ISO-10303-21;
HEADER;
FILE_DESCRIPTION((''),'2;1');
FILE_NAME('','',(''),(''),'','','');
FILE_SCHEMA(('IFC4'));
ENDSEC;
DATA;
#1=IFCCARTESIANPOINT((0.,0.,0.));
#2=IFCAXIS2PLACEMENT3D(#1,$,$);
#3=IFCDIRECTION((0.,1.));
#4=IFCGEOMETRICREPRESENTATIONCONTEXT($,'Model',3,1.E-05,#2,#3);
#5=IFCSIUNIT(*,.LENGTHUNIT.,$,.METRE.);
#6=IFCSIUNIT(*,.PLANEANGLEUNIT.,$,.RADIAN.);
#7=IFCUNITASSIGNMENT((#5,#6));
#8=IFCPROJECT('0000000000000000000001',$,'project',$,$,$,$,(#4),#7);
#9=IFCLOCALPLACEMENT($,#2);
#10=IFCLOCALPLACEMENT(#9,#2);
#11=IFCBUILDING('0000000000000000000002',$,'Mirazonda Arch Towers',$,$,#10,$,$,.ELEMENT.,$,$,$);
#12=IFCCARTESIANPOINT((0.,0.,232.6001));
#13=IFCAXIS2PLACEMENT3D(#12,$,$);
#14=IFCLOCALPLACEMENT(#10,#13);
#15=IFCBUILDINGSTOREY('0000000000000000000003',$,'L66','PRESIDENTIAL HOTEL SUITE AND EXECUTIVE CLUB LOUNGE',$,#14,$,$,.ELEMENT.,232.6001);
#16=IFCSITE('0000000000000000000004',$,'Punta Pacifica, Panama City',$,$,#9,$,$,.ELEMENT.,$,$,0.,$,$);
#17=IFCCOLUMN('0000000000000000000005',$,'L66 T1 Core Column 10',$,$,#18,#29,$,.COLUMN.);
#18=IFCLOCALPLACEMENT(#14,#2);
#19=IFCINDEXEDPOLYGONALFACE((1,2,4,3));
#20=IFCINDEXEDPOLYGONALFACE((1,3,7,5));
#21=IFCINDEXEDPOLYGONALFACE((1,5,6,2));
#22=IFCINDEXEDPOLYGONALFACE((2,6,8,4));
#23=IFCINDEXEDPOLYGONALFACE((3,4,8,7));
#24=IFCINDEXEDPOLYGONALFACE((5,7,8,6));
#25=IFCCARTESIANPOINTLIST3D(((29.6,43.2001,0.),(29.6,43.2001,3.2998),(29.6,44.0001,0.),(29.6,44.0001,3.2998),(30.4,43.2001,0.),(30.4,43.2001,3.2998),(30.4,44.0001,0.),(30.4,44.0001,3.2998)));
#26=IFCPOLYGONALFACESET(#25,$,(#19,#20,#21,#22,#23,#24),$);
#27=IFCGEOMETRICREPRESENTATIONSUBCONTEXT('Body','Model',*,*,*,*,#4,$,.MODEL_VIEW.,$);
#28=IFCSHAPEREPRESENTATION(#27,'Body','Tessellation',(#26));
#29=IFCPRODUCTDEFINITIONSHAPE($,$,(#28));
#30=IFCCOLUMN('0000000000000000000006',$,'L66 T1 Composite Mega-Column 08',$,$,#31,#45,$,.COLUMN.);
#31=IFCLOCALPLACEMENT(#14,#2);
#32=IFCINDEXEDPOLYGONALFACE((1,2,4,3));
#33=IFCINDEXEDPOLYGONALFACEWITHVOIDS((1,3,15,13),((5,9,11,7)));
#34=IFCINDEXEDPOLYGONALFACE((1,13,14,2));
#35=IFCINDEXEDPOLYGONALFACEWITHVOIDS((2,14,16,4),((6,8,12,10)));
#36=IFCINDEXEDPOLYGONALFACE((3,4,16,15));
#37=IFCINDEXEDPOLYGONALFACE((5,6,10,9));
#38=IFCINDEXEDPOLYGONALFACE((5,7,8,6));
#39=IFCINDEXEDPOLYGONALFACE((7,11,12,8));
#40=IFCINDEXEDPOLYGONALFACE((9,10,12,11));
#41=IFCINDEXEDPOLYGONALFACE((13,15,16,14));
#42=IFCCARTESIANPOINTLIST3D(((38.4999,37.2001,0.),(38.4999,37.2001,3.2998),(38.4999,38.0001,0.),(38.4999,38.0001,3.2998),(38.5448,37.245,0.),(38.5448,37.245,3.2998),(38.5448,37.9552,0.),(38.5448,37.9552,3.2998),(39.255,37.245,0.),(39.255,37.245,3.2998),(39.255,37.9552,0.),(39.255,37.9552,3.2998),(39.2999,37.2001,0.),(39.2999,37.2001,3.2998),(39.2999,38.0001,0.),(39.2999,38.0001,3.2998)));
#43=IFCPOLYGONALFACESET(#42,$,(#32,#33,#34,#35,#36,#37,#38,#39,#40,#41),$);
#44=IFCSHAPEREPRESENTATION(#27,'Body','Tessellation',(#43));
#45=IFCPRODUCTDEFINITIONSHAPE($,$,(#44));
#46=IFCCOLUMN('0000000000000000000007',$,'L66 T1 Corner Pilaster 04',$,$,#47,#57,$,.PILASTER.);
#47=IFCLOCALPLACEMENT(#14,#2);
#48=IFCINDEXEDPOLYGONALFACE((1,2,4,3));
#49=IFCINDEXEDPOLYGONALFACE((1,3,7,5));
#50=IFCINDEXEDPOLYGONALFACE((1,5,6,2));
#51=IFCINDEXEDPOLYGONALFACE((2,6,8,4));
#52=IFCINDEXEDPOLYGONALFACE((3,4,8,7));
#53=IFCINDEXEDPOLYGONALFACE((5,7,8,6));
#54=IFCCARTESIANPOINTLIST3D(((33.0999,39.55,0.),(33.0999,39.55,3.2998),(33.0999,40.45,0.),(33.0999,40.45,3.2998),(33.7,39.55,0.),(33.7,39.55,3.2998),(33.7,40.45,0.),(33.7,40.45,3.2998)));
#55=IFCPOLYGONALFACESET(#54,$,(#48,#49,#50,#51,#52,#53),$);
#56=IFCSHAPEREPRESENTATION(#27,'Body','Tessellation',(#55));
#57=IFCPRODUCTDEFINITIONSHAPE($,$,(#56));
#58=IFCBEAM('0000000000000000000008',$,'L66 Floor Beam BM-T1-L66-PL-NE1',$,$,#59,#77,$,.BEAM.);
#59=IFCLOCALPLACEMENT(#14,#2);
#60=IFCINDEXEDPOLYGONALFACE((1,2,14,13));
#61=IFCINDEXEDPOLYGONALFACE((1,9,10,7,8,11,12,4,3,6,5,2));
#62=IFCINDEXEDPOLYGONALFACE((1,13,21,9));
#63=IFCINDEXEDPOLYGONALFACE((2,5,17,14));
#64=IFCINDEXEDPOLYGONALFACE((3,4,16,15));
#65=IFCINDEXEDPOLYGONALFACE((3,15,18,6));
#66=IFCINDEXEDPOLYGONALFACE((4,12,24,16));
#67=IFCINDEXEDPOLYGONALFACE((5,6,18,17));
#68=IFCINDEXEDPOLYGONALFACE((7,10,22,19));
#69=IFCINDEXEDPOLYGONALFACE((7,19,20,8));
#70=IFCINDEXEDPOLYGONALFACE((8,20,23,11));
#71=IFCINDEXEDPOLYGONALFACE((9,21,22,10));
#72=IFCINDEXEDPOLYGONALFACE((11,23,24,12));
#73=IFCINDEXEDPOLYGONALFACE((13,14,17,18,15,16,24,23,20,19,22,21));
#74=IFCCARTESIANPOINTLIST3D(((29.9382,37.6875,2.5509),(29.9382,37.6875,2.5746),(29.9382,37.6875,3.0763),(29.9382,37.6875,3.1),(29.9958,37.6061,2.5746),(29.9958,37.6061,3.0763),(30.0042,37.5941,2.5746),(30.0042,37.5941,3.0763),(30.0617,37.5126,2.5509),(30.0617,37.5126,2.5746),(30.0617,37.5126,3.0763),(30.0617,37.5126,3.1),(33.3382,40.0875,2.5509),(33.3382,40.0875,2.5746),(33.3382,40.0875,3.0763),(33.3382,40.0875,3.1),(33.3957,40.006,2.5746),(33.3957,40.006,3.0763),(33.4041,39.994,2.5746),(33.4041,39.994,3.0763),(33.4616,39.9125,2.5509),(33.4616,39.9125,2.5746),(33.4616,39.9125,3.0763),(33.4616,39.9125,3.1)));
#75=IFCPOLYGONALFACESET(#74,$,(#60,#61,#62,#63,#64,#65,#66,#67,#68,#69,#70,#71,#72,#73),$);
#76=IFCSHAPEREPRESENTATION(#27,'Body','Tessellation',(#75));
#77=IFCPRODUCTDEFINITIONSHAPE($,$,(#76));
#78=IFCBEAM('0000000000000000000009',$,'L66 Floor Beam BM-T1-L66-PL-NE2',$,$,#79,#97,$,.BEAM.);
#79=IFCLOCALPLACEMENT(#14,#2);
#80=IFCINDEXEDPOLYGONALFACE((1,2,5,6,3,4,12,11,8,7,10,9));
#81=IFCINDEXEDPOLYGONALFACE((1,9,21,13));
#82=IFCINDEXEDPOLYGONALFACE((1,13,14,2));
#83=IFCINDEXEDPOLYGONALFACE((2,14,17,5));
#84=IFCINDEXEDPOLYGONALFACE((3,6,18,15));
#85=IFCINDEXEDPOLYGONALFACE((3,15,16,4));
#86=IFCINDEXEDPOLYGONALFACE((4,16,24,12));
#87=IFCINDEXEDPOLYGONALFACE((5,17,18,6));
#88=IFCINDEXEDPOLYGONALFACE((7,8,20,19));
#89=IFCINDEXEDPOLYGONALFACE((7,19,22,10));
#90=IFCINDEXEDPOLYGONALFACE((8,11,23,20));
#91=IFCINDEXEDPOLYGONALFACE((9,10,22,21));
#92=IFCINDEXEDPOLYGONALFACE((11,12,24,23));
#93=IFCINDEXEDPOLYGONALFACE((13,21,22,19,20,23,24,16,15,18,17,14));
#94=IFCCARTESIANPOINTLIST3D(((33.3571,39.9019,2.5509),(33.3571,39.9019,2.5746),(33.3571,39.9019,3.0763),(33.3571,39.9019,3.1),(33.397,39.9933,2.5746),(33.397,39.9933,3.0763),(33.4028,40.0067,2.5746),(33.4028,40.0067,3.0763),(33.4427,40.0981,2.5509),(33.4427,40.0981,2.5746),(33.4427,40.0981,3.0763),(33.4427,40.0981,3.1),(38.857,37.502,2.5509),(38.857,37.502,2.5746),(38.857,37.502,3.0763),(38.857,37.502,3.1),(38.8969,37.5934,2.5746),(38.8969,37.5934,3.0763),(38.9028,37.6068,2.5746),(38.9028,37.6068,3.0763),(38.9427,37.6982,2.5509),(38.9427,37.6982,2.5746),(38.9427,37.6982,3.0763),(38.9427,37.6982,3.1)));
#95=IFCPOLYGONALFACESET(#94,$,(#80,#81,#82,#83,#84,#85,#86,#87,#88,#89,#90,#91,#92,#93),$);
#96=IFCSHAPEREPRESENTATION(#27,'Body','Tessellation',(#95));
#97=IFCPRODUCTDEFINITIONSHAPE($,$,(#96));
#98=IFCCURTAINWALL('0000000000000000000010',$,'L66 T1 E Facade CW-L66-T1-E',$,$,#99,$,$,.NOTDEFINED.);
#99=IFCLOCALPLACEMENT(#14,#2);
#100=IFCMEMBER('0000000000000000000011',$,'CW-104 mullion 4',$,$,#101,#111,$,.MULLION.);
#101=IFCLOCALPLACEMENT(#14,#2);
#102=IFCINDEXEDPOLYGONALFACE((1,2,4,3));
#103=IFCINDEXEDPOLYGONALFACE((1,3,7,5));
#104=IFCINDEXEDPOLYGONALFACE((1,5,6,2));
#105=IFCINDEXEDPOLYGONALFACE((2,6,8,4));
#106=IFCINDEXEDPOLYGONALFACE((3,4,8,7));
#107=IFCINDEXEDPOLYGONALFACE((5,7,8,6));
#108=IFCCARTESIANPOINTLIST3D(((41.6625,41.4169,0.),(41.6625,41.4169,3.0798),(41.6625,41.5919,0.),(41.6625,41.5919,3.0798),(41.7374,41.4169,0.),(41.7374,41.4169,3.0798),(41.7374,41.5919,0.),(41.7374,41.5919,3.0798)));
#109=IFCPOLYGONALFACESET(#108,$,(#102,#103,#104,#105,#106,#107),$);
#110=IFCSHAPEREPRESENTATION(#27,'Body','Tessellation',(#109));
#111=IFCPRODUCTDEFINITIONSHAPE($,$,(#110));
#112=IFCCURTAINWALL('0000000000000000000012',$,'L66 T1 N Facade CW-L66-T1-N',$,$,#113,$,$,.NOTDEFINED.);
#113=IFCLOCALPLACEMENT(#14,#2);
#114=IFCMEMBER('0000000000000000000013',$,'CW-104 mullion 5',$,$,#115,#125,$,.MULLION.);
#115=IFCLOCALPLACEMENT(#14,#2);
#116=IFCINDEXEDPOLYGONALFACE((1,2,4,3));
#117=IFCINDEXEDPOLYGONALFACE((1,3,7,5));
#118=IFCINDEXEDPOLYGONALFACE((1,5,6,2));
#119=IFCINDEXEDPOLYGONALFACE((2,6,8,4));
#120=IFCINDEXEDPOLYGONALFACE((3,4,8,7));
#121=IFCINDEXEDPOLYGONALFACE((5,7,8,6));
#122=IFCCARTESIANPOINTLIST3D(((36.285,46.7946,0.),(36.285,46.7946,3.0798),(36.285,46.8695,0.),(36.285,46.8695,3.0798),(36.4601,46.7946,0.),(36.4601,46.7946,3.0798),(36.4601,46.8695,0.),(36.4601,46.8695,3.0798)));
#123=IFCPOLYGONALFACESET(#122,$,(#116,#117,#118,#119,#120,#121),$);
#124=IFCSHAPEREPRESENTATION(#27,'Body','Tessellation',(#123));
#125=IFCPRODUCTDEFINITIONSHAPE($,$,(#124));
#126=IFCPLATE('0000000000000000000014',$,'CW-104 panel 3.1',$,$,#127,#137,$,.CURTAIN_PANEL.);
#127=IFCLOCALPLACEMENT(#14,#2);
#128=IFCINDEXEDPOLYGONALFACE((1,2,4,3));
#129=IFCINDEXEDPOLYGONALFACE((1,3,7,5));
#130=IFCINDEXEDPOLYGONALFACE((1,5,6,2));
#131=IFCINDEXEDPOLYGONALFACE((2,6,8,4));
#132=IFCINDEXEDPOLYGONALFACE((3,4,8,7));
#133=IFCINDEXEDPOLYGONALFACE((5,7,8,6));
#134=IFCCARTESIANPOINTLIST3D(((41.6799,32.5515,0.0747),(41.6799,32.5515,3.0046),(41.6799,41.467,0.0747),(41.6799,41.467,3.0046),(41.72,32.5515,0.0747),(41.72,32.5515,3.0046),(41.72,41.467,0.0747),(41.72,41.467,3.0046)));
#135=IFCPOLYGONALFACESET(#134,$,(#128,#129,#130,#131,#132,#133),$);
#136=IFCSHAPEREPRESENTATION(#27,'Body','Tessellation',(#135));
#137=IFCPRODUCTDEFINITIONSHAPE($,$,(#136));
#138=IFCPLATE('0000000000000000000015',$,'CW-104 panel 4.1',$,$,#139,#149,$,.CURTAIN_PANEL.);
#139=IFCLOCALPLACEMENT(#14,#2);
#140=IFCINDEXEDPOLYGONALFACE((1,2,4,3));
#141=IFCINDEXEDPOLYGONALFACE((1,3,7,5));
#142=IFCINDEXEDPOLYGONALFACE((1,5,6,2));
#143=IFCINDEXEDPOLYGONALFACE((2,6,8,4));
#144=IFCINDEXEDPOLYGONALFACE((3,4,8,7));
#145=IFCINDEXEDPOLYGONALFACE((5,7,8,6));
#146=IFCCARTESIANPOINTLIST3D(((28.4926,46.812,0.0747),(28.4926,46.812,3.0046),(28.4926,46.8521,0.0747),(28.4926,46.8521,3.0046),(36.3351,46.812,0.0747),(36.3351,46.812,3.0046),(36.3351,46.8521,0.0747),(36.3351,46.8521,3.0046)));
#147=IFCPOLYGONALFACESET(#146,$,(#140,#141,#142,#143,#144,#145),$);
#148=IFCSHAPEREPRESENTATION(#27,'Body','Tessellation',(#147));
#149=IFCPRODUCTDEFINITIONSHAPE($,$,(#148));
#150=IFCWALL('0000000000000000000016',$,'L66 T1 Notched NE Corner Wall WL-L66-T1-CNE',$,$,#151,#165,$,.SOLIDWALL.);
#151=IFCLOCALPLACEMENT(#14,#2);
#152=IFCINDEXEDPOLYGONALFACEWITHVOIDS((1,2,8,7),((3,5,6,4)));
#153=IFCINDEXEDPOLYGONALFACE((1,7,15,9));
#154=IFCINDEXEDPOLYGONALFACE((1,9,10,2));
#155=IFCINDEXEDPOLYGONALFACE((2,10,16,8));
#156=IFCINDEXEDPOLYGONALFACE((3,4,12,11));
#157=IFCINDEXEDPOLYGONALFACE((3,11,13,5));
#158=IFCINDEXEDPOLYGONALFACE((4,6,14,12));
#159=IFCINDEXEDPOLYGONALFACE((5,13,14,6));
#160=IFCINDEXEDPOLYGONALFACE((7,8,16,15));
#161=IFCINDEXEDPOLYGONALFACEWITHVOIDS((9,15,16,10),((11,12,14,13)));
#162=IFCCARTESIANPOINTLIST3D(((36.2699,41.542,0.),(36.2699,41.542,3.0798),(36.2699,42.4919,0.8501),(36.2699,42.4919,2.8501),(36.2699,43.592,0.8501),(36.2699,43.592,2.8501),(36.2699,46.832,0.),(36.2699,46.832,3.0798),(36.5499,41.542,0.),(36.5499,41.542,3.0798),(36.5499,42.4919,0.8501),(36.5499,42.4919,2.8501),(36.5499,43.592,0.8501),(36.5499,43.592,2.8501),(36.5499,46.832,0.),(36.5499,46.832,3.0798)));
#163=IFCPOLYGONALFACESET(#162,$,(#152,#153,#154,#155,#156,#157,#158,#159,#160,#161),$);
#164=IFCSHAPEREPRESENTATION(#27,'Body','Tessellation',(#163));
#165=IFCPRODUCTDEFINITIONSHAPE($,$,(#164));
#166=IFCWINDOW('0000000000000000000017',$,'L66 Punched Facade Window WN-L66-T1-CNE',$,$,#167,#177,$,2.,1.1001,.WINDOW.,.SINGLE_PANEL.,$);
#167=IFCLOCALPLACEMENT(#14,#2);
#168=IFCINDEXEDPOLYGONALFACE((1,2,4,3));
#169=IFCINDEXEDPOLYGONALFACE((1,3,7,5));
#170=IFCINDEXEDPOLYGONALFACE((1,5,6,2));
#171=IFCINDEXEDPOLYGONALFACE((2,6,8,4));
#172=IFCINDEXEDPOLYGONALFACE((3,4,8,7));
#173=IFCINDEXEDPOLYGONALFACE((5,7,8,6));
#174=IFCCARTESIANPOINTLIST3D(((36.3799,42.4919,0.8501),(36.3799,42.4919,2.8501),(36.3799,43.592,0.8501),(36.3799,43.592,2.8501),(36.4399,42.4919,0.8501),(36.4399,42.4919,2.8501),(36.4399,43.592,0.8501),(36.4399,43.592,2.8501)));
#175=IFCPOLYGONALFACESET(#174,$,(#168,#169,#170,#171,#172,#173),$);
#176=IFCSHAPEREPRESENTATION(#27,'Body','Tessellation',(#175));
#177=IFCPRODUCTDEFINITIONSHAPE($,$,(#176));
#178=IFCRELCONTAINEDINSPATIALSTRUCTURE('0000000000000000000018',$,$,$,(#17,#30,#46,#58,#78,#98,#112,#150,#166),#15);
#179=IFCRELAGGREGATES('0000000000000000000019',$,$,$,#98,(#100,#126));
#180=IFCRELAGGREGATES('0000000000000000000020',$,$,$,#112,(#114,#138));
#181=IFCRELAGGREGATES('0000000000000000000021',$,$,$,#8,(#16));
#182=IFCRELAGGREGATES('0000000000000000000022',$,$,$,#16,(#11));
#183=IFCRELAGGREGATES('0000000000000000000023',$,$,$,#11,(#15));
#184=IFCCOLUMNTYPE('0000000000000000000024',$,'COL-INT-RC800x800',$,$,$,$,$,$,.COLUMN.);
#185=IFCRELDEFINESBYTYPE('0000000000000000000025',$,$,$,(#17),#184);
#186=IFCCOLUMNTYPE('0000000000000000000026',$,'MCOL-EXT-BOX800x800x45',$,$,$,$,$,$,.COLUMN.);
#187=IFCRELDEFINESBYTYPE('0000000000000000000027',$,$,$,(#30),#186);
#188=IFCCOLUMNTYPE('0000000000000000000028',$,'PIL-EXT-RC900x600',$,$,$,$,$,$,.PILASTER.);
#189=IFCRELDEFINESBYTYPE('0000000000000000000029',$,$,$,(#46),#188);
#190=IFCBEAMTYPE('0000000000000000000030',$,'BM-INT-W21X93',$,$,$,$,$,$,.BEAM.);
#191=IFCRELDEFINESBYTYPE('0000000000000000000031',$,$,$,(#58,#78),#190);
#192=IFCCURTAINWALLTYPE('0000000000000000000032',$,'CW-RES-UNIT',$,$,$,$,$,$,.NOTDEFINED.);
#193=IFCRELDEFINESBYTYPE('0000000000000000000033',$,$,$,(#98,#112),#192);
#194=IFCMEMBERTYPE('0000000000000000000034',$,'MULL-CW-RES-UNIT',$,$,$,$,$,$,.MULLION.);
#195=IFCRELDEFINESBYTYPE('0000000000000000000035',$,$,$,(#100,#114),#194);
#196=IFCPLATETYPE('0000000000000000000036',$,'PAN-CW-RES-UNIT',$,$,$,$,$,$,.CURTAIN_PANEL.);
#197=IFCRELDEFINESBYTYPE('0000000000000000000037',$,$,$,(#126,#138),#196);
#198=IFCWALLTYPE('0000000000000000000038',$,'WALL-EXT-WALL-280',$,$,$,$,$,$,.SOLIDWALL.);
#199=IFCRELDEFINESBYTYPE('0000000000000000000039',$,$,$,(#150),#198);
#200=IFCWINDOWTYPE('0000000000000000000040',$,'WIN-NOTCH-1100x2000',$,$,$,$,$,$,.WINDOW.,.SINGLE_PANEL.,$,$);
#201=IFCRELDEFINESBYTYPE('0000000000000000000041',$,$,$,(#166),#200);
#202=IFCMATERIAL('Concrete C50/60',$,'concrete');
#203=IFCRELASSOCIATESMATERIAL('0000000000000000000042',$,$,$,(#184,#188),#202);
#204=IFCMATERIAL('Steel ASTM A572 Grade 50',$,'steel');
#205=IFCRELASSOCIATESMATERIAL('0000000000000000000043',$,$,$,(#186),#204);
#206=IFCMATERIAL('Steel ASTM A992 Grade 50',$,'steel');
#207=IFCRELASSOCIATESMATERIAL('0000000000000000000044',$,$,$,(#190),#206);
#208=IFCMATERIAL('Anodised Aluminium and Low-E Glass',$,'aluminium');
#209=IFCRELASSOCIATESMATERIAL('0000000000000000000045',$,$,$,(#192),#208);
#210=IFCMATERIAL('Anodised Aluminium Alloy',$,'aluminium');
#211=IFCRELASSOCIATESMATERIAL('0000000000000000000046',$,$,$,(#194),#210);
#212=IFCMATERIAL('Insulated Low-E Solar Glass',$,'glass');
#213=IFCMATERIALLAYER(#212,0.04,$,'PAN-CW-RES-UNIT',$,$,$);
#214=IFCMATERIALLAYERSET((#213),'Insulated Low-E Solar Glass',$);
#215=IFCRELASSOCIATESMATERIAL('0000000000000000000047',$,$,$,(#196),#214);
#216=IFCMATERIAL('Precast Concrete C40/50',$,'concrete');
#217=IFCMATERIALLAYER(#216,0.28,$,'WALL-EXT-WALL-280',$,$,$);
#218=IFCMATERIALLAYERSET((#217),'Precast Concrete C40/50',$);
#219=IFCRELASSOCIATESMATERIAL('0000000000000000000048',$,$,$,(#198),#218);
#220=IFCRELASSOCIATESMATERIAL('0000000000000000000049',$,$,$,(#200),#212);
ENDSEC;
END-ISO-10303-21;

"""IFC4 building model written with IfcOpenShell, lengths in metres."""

from ifc_helpers import new_model, si_unit, direction, frame, frame_2d, origin, origin_2d, place, context, subcontext, project, spatial, rectangle, hollow_rectangle, i_section, extrude, material, layer, layer_set, material_profile, profile_set, type_object, element, fill, aggregate, save


model = new_model("IFC4")

# Units and contexts
model_context = context("Model", 3, precision=1e-05, world=origin(), true_north=direction((0.0, 1.0)))
body_context = subcontext(model_context, "Body", "Model", "MODEL_VIEW")
ifc_project = project(units=[si_unit("LENGTHUNIT", "METRE"), si_unit("PLANEANGLEUNIT", "RADIAN")], contexts=[model_context])

# Site, building, storey
site_placement = place(None, origin())
site = spatial("IfcSite", under=ifc_project, at=site_placement, Name="Punta Pacifica, Panama City", CompositionType="ELEMENT", RefElevation=0.0)
building_placement = place(site_placement, origin())
building = spatial("IfcBuilding", under=site, at=building_placement, Name="Mirazonda Arch Towers", CompositionType="ELEMENT")
storey_placement = place(building_placement, frame((0.0, 0.0, 232.6001)))
storey = spatial("IfcBuildingStorey", under=building, at=storey_placement, Name="L66", Description="PRESIDENTIAL HOTEL SUITE AND EXECUTIVE CLUB LOUNGE", CompositionType="ELEMENT", Elevation=232.6001)

# Columns
ifc_material_1 = material(Name="Concrete C50/60", Category="concrete")
ifc_material_profile_1 = material_profile(ifc_material_1, rectangle(XDim=0.8, YDim=0.8, at=origin_2d()), Name="RC800x800")
ifc_profile_set_1 = profile_set([ifc_material_profile_1], Name="Concrete C50/60")
column_type_1 = type_object("IfcColumnType", Name="COL-INT-RC800x800", PredefinedType="COLUMN", material=ifc_profile_set_1)
column_1_placement = place(storey_placement, frame((30.0, 43.6001, 0.0), z_axis=(0.0, 0.0, 1.0), x_axis=(1.0, 0.0, 0.0)))
element("IfcColumn", 1, at=column_1_placement, inside=storey, type_object=column_type_1, Name="L66 T1 Core Column 10", PredefinedType="COLUMN", context=body_context, shape_type="SweptSolid", body=[
    extrude(rectangle(XDim=0.8, YDim=0.8, at=origin_2d()), origin(), (0.0, 0.0, 1.0), 3.2998),
])
ifc_material_2 = material(Name="Steel ASTM A572 Grade 50", Category="steel")
ifc_material_profile_2 = material_profile(ifc_material_2, hollow_rectangle(XDim=0.8, YDim=0.8, WallThickness=0.0449, at=origin_2d()), Name="BOX800x800x45")
ifc_profile_set_2 = profile_set([ifc_material_profile_2], Name="Steel ASTM A572 Grade 50")
column_type_2 = type_object("IfcColumnType", Name="MCOL-EXT-BOX800x800x45", PredefinedType="COLUMN", material=ifc_profile_set_2)
column_2_placement = place(storey_placement, frame((38.8999, 37.6001, 0.0), z_axis=(0.0, 0.0, 1.0), x_axis=(1.0, 0.0, 0.0)))
element("IfcColumn", 2, at=column_2_placement, inside=storey, type_object=column_type_2, Name="L66 T1 Composite Mega-Column 08", PredefinedType="COLUMN", context=body_context, shape_type="SweptSolid", body=[
    extrude(hollow_rectangle(XDim=0.8, YDim=0.8, WallThickness=0.0449, at=origin_2d()), origin(), (0.0, 0.0, 1.0), 3.2998),
])
ifc_material_profile_3 = material_profile(ifc_material_1, rectangle(XDim=0.6001, YDim=0.8999, at=origin_2d()), Name="RC900x600")
ifc_profile_set_3 = profile_set([ifc_material_profile_3], Name="Concrete C50/60")
column_type_3 = type_object("IfcColumnType", Name="PIL-EXT-RC900x600", PredefinedType="PILASTER", material=ifc_profile_set_3)
column_3_placement = place(storey_placement, frame((33.3999, 40.0, 0.0), z_axis=(0.0, 0.0, 1.0), x_axis=(1.0, 0.0, 0.0)))
element("IfcColumn", 3, at=column_3_placement, inside=storey, type_object=column_type_3, Name="L66 T1 Corner Pilaster 04", PredefinedType="PILASTER", context=body_context, shape_type="SweptSolid", body=[
    extrude(rectangle(XDim=0.6001, YDim=0.8999, at=origin_2d()), origin(), (0.0, 0.0, 1.0), 3.2998),
])

# Beams
ifc_material_3 = material(Name="Steel ASTM A992 Grade 50", Category="steel")
ifc_material_profile_4 = material_profile(ifc_material_3, i_section(OverallWidth=0.2141, OverallDepth=0.5491, WebThickness=0.0146, FlangeThickness=0.0237, at=origin_2d()), Name="W21X93")
ifc_profile_set_4 = profile_set([ifc_material_profile_4], Name="Steel ASTM A992 Grade 50")
beam_type = type_object("IfcBeamType", Name="BM-INT-W21X93", PredefinedType="BEAM", material=ifc_profile_set_4)
beam_1_placement = place(storey_placement, frame((33.3999, 40.0, 2.8254), z_axis=(-0.816971, -0.576679, 0.0), x_axis=(0.576679, -0.816971, 0.0)))
element("IfcBeam", 4, at=beam_1_placement, inside=storey, type_object=beam_type, Name="L66 Floor Beam BM-T1-L66-PL-NE1", PredefinedType="BEAM", context=body_context, shape_type="SweptSolid", body=[
    extrude(i_section(OverallWidth=0.2141, OverallDepth=0.5491, WebThickness=0.0146, FlangeThickness=0.0237, at=origin_2d()), origin(), (0.0, 0.0, 1.0), 4.1616),
])
beam_2_placement = place(storey_placement, frame((33.3999, 40.0, 2.8254), z_axis=(0.916545, -0.399931, 0.0), x_axis=(0.399931, 0.916545, 0.0)))
element("IfcBeam", 5, at=beam_2_placement, inside=storey, type_object=beam_type, Name="L66 Floor Beam BM-T1-L66-PL-NE2", PredefinedType="BEAM", context=body_context, shape_type="SweptSolid", body=[
    extrude(i_section(OverallWidth=0.2141, OverallDepth=0.5491, WebThickness=0.0146, FlangeThickness=0.0237, at=origin_2d()), origin(), (0.0, 0.0, 1.0), 6.0007),
])

# Curtain walls, members
ifc_material_4 = material(Name="Anodised Aluminium and Low-E Glass", Category="aluminium")
curtain_wall_type = type_object("IfcCurtainWallType", Name="CW-RES-UNIT", PredefinedType="NOTDEFINED", material=ifc_material_4)
curtain_wall_1_placement = place(storey_placement, origin())
curtain_wall_1 = element("IfcCurtainWall", 6, at=curtain_wall_1_placement, inside=storey, type_object=curtain_wall_type, Name="L66 T1 E Facade CW-L66-T1-E", PredefinedType="NOTDEFINED")
ifc_material_5 = material(Name="Anodised Aluminium Alloy", Category="aluminium")
ifc_material_profile_5 = material_profile(ifc_material_5, rectangle(XDim=0.075, YDim=0.175, at=origin_2d()), Name="ALU-MULL-75x175")
ifc_profile_set_5 = profile_set([ifc_material_profile_5], Name="Anodised Aluminium Alloy")
member_type = type_object("IfcMemberType", Name="MULL-CW-RES-UNIT", PredefinedType="MULLION", material=ifc_profile_set_5)
member_1_placement = place(storey_placement, frame((41.7, 41.5044, 0.0), z_axis=(0.0, 0.0, 1.0), x_axis=(-1.0, 0.0, 0.0)))
member_1 = element("IfcMember", 7, at=member_1_placement, type_object=member_type, Name="CW-104 mullion 4", PredefinedType="MULLION", context=body_context, shape_type="SweptSolid", body=[
    extrude(rectangle(XDim=0.075, YDim=0.175, at=origin_2d()), origin(), (0.0, 0.0, 1.0), 3.0798),
])
curtain_wall_2_placement = place(storey_placement, origin())
curtain_wall_2 = element("IfcCurtainWall", 8, at=curtain_wall_2_placement, inside=storey, type_object=curtain_wall_type, Name="L66 T1 N Facade CW-L66-T1-N", PredefinedType="NOTDEFINED")
member_2_placement = place(storey_placement, frame((36.3726, 46.832, 0.0), z_axis=(0.0, 0.0, 1.0), x_axis=(0.0, 1.0, 0.0)))
member_2 = element("IfcMember", 9, at=member_2_placement, type_object=member_type, Name="CW-104 mullion 5", PredefinedType="MULLION", context=body_context, shape_type="SweptSolid", body=[
    extrude(rectangle(XDim=0.075, YDim=0.175, at=origin_2d()), origin(), (0.0, 0.0, 1.0), 3.0798),
])

# Plates
ifc_material_6 = material(Name="Insulated Low-E Solar Glass", Category="glass")
ifc_layer_1 = layer(ifc_material_6, 0.04, Name="PAN-CW-RES-UNIT")
ifc_layer_set_1 = layer_set([ifc_layer_1], Name="Insulated Low-E Solar Glass")
plate_type = type_object("IfcPlateType", Name="PAN-CW-RES-UNIT", PredefinedType="CURTAIN_PANEL", material=ifc_layer_set_1)
plate_1_placement = place(storey_placement, frame((41.7, 37.0093, 0.0747), z_axis=(0.0, 0.0, 1.0), x_axis=(0.0, 1.0, 0.0)))
plate_1 = element("IfcPlate", 10, at=plate_1_placement, type_object=plate_type, Name="CW-104 panel 3.1", PredefinedType="CURTAIN_PANEL", context=body_context, shape_type="SweptSolid", body=[
    extrude(rectangle(XDim=8.9155, YDim=0.04, at=origin_2d()), origin(), (0.0, 0.0, 1.0), 2.9299),
])
aggregate(curtain_wall_1, [member_1, plate_1])
plate_2_placement = place(storey_placement, frame((32.4138, 46.832, 0.0747), z_axis=(0.0, 0.0, 1.0), x_axis=(1.0, 0.0, 0.0)))
plate_2 = element("IfcPlate", 11, at=plate_2_placement, type_object=plate_type, Name="CW-104 panel 4.1", PredefinedType="CURTAIN_PANEL", context=body_context, shape_type="SweptSolid", body=[
    extrude(rectangle(XDim=7.8425, YDim=0.04, at=origin_2d()), origin(), (0.0, 0.0, 1.0), 2.9299),
])
aggregate(curtain_wall_2, [member_2, plate_2])

# Wall, opening, window
ifc_material_7 = material(Name="Precast Concrete C40/50", Category="concrete")
ifc_layer_2 = layer(ifc_material_7, 0.28, Name="WALL-EXT-WALL-280")
ifc_layer_set_2 = layer_set([ifc_layer_2], Name="Precast Concrete C40/50")
wall_type_1 = type_object("IfcWallType", Name="WALL-EXT-WALL-280", PredefinedType="SOLIDWALL", material=ifc_layer_set_2)
wall_1_placement = place(storey_placement, frame((36.4099, 41.542, 0.0), z_axis=(0.0, 0.0, 1.0), x_axis=(0.0, 1.0, 0.0)))
wall_1 = element("IfcWall", 12, at=wall_1_placement, inside=storey, type_object=wall_type_1, Name="L66 T1 Notched NE Corner Wall WL-L66-T1-CNE", PredefinedType="SOLIDWALL", context=body_context, shape_type="SweptSolid", body=[
    extrude(rectangle(XDim=5.29, YDim=0.28, at=frame_2d((2.645, 0.0))), origin(), (0.0, 0.0, 1.0), 3.0798),
])
opening_1_placement = place(wall_1_placement, frame((0.95, 0.0, 0.8501)))
opening_1 = element("IfcOpeningElement", 13, at=opening_1_placement, cuts=wall_1, PredefinedType="OPENING", context=body_context, shape_type="SweptSolid", body=[
    extrude(rectangle(XDim=1.1001, YDim=2.0, at=frame_2d((0.55, 1.0))), frame((0.0, 0.1499, 0.0), z_axis=(0.0, -1.0, 0.0), x_axis=(1.0, 0.0, 0.0)), (0.0, 0.0, 1.0), 0.3),
])
window_type = type_object("IfcWindowType", Name="WIN-NOTCH-1100x2000", PartitioningType="SINGLE_PANEL", PredefinedType="WINDOW", material=ifc_material_6)
window_1_placement = place(opening_1_placement, origin())
window_1 = element("IfcWindow", 14, at=window_1_placement, inside=storey, type_object=window_type, Name="L66 Punched Facade Window WN-L66-T1-CNE", OverallHeight=2.0, OverallWidth=1.1001, PartitioningType="SINGLE_PANEL", PredefinedType="WINDOW", context=body_context, shape_type="SweptSolid", body=[
    extrude(rectangle(XDim=1.1001, YDim=2.0, at=frame_2d((0.55, 1.0))), frame((0.0, 0.03, 0.0), z_axis=(0.0, -1.0, 0.0), x_axis=(1.0, 0.0, 0.0)), (0.0, 0.0, 1.0), 0.0601),
])
fill(opening_1, window_1)

save(model, "model.ifc")
